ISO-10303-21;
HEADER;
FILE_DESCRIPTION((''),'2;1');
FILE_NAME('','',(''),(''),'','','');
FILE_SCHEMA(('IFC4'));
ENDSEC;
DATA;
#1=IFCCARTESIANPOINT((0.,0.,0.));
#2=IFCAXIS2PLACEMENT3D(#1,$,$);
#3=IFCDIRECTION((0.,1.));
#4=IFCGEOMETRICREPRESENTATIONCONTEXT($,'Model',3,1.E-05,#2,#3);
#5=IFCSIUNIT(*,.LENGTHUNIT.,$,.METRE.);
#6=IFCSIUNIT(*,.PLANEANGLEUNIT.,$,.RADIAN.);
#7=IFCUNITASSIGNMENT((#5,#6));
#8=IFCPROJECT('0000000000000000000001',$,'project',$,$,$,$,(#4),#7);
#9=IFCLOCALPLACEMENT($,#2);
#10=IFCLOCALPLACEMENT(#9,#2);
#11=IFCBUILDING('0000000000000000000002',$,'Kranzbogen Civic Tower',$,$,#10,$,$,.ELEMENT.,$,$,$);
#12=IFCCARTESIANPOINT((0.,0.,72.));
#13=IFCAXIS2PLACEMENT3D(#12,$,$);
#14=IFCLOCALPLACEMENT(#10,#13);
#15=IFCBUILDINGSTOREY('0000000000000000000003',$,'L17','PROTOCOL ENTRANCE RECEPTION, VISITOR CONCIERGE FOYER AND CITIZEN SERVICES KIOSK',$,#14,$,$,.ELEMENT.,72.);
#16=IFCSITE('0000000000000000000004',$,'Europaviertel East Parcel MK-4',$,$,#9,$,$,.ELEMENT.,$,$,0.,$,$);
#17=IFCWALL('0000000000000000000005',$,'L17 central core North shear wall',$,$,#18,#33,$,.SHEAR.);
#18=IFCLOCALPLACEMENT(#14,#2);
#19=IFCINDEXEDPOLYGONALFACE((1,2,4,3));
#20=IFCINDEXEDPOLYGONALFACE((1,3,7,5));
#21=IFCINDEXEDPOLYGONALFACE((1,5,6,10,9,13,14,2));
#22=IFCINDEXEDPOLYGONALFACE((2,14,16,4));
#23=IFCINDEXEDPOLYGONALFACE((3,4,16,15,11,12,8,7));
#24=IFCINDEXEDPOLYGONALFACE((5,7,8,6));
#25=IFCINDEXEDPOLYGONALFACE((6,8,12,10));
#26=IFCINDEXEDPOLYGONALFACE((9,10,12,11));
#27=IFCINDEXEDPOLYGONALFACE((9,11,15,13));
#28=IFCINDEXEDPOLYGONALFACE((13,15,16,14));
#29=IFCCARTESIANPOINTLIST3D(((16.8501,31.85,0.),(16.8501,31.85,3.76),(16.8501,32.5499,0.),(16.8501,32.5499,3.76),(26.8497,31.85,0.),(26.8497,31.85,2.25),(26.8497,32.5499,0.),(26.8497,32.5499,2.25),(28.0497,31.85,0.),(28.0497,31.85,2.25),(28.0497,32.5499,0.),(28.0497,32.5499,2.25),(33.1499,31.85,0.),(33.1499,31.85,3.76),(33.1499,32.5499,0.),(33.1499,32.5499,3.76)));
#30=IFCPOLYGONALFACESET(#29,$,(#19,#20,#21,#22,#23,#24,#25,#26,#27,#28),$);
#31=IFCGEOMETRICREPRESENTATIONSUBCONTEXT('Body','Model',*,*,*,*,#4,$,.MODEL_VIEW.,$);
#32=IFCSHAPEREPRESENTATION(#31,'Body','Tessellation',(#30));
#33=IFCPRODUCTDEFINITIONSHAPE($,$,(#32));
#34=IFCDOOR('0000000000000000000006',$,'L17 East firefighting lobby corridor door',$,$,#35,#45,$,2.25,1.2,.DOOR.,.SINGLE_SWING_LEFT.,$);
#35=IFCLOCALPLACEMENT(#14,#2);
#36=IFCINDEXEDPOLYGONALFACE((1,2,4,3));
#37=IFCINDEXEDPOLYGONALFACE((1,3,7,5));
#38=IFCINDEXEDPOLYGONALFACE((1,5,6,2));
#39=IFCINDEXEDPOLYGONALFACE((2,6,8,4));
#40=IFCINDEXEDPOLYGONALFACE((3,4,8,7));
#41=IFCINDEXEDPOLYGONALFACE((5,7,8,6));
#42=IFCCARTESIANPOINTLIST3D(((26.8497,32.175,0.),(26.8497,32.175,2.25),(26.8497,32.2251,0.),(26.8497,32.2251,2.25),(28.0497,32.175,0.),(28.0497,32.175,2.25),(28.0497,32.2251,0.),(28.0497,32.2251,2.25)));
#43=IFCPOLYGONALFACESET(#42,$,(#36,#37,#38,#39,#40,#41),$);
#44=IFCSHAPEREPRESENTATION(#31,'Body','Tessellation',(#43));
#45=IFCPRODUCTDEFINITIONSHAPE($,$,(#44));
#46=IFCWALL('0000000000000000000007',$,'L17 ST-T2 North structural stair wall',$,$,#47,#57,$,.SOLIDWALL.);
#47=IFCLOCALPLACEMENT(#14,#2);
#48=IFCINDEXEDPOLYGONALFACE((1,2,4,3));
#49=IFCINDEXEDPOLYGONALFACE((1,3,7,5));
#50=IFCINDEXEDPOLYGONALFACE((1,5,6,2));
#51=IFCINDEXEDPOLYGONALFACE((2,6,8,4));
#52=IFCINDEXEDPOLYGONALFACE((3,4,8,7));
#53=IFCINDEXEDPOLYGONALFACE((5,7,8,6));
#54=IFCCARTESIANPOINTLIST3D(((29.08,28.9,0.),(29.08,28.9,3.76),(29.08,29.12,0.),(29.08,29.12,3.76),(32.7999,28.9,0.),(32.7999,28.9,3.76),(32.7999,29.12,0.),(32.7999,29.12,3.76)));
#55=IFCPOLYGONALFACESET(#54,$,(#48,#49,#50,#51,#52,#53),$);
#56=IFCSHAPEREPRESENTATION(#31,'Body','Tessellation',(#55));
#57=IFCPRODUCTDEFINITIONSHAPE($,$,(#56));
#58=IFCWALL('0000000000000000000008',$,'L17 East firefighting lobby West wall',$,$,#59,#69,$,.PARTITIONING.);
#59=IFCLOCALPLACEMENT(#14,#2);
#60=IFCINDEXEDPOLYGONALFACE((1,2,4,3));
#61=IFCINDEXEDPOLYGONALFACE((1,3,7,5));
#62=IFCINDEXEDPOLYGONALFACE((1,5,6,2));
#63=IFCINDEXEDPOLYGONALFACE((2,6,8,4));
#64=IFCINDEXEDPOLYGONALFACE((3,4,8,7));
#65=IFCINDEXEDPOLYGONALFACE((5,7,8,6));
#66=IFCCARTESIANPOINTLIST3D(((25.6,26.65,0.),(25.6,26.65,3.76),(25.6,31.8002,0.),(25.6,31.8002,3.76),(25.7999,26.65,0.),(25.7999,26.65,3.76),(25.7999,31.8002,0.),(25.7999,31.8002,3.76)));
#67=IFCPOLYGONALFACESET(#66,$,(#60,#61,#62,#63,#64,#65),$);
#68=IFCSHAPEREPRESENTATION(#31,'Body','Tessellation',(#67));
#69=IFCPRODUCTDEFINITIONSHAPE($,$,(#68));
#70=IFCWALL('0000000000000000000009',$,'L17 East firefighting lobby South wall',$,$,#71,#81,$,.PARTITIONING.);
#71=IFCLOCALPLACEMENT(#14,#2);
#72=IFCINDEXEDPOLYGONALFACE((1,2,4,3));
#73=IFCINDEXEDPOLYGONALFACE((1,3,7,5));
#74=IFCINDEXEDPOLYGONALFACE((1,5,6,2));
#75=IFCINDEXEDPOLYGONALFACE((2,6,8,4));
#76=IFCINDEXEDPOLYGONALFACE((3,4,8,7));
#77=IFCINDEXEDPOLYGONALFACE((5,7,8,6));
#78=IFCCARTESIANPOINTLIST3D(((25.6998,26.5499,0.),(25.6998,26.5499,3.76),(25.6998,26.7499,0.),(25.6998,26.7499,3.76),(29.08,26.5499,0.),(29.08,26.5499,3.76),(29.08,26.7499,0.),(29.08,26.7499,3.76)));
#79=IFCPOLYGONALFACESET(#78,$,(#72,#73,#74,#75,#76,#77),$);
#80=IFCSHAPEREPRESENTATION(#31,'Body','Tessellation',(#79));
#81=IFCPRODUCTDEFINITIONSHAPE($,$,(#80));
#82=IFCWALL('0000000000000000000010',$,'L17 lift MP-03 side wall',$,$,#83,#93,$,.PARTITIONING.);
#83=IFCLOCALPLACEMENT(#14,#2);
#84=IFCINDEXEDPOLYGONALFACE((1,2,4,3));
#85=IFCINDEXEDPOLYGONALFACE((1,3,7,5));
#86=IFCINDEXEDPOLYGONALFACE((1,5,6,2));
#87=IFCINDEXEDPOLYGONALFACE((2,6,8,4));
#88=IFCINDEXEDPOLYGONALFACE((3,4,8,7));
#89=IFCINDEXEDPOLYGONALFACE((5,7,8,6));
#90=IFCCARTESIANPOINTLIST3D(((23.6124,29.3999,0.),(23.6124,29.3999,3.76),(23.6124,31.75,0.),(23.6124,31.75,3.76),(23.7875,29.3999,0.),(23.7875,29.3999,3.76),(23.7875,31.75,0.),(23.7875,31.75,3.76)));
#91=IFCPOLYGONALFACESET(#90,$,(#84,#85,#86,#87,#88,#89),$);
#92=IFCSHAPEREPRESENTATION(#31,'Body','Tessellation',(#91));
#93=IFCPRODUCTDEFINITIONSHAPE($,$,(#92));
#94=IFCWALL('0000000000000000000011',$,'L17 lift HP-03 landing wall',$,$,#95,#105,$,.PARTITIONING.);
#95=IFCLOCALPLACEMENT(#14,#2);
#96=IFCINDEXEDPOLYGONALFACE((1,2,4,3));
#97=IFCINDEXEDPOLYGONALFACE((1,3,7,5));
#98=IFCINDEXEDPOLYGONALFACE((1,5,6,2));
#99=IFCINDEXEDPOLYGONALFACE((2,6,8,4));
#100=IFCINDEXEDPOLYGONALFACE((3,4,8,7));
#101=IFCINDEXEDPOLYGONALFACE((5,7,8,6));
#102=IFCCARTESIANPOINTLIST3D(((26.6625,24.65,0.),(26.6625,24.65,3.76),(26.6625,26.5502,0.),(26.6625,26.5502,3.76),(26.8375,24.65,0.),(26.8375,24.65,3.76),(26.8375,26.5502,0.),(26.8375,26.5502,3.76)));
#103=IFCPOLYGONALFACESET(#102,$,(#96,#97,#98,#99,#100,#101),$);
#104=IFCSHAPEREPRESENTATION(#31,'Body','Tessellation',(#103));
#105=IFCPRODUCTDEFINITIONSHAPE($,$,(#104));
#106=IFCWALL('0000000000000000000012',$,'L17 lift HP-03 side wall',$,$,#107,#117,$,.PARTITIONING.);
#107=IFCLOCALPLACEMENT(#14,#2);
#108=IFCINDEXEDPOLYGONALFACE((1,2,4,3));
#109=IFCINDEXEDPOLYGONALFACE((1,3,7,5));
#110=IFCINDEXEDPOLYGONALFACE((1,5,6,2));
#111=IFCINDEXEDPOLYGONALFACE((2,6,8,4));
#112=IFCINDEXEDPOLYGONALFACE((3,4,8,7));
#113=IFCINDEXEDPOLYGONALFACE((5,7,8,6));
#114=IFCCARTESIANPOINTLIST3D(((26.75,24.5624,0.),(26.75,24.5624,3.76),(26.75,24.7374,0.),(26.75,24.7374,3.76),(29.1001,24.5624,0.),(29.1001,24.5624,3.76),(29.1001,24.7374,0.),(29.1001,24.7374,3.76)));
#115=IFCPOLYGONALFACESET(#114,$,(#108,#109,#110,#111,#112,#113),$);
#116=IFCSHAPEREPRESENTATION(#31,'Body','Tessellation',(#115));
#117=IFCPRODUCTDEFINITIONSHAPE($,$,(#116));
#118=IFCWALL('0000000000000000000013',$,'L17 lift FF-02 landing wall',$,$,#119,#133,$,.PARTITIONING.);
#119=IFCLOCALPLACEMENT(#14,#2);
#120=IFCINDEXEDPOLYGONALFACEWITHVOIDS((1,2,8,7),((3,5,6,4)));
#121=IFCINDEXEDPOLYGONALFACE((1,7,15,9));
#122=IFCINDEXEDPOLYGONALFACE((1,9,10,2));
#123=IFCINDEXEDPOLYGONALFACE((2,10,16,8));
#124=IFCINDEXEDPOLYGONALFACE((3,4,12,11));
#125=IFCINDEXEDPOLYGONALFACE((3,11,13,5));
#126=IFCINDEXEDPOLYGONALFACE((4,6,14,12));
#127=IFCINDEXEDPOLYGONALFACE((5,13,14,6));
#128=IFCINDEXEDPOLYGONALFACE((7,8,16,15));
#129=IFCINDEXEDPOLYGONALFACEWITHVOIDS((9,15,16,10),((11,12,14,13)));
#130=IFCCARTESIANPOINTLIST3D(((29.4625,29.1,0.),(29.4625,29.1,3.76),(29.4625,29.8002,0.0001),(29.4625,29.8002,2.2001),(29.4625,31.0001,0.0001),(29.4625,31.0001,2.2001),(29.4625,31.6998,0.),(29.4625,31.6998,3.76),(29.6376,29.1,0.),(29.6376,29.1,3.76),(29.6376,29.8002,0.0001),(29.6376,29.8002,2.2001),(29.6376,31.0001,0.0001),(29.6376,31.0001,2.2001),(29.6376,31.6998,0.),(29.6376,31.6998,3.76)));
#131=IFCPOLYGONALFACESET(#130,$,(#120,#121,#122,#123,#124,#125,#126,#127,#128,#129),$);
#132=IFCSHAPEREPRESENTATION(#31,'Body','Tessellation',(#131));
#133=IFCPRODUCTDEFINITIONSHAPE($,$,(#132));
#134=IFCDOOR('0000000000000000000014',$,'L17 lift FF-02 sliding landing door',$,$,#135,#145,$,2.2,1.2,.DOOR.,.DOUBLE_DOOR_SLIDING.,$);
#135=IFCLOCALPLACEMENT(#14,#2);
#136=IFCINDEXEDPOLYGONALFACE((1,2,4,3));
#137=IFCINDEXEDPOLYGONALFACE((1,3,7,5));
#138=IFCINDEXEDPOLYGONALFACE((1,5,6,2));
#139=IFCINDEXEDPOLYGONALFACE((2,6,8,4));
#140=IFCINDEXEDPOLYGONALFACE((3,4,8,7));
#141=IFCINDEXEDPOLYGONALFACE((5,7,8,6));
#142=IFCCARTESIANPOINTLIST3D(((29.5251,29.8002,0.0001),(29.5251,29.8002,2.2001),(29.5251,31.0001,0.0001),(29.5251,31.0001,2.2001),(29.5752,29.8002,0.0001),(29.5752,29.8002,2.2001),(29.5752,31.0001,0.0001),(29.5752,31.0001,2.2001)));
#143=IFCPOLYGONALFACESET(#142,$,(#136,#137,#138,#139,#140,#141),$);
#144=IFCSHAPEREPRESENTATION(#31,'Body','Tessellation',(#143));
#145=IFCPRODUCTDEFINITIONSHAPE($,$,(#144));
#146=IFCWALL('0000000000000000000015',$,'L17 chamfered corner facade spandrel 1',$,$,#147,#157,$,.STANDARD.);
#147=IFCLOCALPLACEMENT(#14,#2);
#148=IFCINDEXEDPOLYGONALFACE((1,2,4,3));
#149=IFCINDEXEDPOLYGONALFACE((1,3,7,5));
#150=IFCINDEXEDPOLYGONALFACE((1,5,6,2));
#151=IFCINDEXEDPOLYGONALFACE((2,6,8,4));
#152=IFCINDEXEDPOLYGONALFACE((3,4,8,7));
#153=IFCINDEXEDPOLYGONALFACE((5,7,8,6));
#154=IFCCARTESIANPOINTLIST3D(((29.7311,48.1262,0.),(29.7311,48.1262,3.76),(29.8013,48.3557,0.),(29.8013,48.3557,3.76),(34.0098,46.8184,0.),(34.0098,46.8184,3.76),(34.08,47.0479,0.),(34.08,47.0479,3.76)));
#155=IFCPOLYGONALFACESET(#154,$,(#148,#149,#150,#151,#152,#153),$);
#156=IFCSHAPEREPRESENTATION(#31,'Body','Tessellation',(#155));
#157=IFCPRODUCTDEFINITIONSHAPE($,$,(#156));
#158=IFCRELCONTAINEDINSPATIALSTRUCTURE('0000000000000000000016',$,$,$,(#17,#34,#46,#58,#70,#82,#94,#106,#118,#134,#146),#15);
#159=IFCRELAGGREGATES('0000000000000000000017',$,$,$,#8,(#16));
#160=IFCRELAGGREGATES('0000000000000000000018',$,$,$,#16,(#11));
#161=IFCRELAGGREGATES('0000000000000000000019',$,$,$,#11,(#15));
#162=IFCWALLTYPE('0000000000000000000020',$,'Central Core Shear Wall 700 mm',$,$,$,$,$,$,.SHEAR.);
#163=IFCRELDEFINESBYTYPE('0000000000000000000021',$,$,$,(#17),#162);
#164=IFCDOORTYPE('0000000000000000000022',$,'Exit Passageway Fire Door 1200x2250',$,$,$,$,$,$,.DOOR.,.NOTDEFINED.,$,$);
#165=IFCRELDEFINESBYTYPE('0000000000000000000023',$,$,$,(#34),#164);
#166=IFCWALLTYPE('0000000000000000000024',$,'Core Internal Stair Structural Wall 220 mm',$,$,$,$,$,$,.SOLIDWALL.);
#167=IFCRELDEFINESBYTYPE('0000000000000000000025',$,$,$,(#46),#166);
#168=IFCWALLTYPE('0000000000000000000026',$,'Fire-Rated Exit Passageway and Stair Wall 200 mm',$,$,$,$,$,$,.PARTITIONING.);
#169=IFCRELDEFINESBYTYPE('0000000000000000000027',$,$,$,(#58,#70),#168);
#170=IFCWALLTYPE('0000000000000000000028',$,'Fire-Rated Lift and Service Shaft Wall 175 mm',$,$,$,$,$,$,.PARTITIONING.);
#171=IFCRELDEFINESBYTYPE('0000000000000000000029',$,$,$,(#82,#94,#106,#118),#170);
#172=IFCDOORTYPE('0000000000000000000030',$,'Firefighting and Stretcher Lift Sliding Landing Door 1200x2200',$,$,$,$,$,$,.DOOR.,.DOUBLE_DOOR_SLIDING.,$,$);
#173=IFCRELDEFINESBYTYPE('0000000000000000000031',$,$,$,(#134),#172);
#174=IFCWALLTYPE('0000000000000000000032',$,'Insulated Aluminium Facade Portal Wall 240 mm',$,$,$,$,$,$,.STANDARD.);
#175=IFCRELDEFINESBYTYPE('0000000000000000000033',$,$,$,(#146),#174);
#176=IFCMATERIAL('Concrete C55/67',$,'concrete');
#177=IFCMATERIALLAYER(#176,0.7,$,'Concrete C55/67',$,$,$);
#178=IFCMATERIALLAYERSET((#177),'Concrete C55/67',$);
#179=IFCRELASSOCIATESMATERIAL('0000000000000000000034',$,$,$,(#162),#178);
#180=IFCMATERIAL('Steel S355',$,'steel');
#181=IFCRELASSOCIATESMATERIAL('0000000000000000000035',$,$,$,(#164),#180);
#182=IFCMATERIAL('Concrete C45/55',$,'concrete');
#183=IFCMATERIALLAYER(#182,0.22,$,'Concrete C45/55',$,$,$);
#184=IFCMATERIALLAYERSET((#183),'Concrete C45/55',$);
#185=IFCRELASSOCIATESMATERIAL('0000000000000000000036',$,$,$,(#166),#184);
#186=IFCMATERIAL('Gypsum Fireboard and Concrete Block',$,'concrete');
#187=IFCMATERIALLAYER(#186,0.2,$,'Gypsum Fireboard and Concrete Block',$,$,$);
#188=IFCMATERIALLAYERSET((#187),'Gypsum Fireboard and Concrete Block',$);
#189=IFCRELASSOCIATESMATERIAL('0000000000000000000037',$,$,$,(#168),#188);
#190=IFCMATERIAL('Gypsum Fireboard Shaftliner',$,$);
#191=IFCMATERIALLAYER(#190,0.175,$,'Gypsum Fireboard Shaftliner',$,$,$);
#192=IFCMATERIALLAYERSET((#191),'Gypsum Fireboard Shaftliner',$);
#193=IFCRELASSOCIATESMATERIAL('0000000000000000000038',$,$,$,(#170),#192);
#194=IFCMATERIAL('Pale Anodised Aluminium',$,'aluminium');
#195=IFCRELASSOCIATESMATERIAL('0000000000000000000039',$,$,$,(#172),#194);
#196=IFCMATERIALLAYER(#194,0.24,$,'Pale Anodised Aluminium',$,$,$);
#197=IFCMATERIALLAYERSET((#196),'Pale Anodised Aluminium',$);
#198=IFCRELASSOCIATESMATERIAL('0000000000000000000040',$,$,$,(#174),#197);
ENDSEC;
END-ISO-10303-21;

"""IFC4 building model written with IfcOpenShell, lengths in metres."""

from ifc_helpers import new_model, si_unit, direction, frame, frame_2d, origin, place, context, subcontext, project, spatial, rectangle, extrude, material, layer, layer_set, type_object, element, fill, save


model = new_model("IFC4")

# Units and contexts
model_context = context("Model", 3, precision=1e-05, world=origin(), true_north=direction((0.0, 1.0)))
body_context = subcontext(model_context, "Body", "Model", "MODEL_VIEW")
ifc_project = project(units=[si_unit("LENGTHUNIT", "METRE"), si_unit("PLANEANGLEUNIT", "RADIAN")], contexts=[model_context])

# Site, building, storey
site_placement = place(None, origin())
site = spatial("IfcSite", under=ifc_project, at=site_placement, Name="Europaviertel East Parcel MK-4", CompositionType="ELEMENT", RefElevation=0.0)
building_placement = place(site_placement, origin())
building = spatial("IfcBuilding", under=site, at=building_placement, Name="Kranzbogen Civic Tower", CompositionType="ELEMENT")
storey_placement = place(building_placement, frame((0.0, 0.0, 72.0)))
storey = spatial("IfcBuildingStorey", under=building, at=storey_placement, Name="L17", Description="PROTOCOL ENTRANCE RECEPTION, VISITOR CONCIERGE FOYER AND CITIZEN SERVICES KIOSK", CompositionType="ELEMENT", Elevation=72.0)

# Shared definitions
ifc_material_1 = material(Name="Steel S355", Category="steel")

# Shared definitions
ifc_material_2 = material(Name="Pale Anodised Aluminium", Category="aluminium")

# Wall, opening, door
ifc_material_3 = material(Name="Concrete C55/67", Category="concrete")
ifc_layer_1 = layer(ifc_material_3, 0.7, Name="Concrete C55/67")
ifc_layer_set_1 = layer_set([ifc_layer_1], Name="Concrete C55/67")
wall_type_1 = type_object("IfcWallType", Name="Central Core Shear Wall 700 mm", PredefinedType="SHEAR", material=ifc_layer_set_1)
wall_1_placement = place(storey_placement, frame((33.1499, 32.2, 0.0), z_axis=(0.0, 0.0, 1.0), x_axis=(-1.0, 0.0, 0.0)))
wall_1 = element("IfcWall", 1, at=wall_1_placement, inside=storey, type_object=wall_type_1, Name="L17 central core North shear wall", PredefinedType="SHEAR", context=body_context, shape_type="SweptSolid", body=[
    extrude(rectangle(XDim=16.2998, YDim=0.7, at=frame_2d((8.1499, 0.0))), origin(), (0.0, 0.0, 1.0), 3.76),
])
opening_1_placement = place(wall_1_placement, frame((5.1001, 0.0, 0.0)))
opening_1 = element("IfcOpeningElement", 2, at=opening_1_placement, cuts=wall_1, PredefinedType="OPENING", context=body_context, shape_type="SweptSolid", body=[
    extrude(rectangle(XDim=1.2, YDim=2.25, at=frame_2d((0.6001, 1.125))), frame((0.0, 0.3599, 0.0), z_axis=(0.0, -1.0, 0.0), x_axis=(1.0, 0.0, 0.0)), (0.0, 0.0, 1.0), 0.72),
])
door_type_1 = type_object("IfcDoorType", Name="Exit Passageway Fire Door 1200x2250", OperationType="NOTDEFINED", PredefinedType="DOOR", material=ifc_material_1)
door_1_placement = place(opening_1_placement, origin())
door_1 = element("IfcDoor", 3, at=door_1_placement, inside=storey, type_object=door_type_1, Name="L17 East firefighting lobby corridor door", OperationType="SINGLE_SWING_LEFT", OverallHeight=2.25, OverallWidth=1.2, PredefinedType="DOOR", context=body_context, shape_type="SweptSolid", body=[
    extrude(rectangle(XDim=1.2, YDim=2.25, at=frame_2d((0.6001, 1.125))), frame((0.0, 0.0249, 0.0), z_axis=(0.0, -1.0, 0.0), x_axis=(1.0, 0.0, 0.0)), (0.0, 0.0, 1.0), 0.05),
])
fill(opening_1, door_1)

# Walls
ifc_material_4 = material(Name="Concrete C45/55", Category="concrete")
ifc_layer_2 = layer(ifc_material_4, 0.22, Name="Concrete C45/55")
ifc_layer_set_2 = layer_set([ifc_layer_2], Name="Concrete C45/55")
wall_type_2 = type_object("IfcWallType", Name="Core Internal Stair Structural Wall 220 mm", PredefinedType="SOLIDWALL", material=ifc_layer_set_2)
wall_2_placement = place(storey_placement, frame((29.0801, 29.01, 0.0), z_axis=(0.0, 0.0, 1.0), x_axis=(1.0, 0.0, 0.0)))
element("IfcWall", 4, at=wall_2_placement, inside=storey, type_object=wall_type_2, Name="L17 ST-T2 North structural stair wall", PredefinedType="SOLIDWALL", context=body_context, shape_type="SweptSolid", body=[
    extrude(rectangle(XDim=3.72, YDim=0.22, at=frame_2d((1.8599, 0.0))), origin(), (0.0, 0.0, 1.0), 3.76),
])
ifc_material_5 = material(Name="Gypsum Fireboard and Concrete Block", Category="concrete")
ifc_layer_3 = layer(ifc_material_5, 0.2, Name="Gypsum Fireboard and Concrete Block")
ifc_layer_set_3 = layer_set([ifc_layer_3], Name="Gypsum Fireboard and Concrete Block")
wall_type_3 = type_object("IfcWallType", Name="Fire-Rated Exit Passageway and Stair Wall 200 mm", PredefinedType="PARTITIONING", material=ifc_layer_set_3)
wall_3_placement = place(storey_placement, frame((25.7, 26.6499, 0.0), z_axis=(0.0, 0.0, 1.0), x_axis=(0.0, 1.0, 0.0)))
element("IfcWall", 5, at=wall_3_placement, inside=storey, type_object=wall_type_3, Name="L17 East firefighting lobby West wall", PredefinedType="PARTITIONING", context=body_context, shape_type="SweptSolid", body=[
    extrude(rectangle(XDim=5.1501, YDim=0.2, at=frame_2d((2.5752, 0.0))), origin(), (0.0, 0.0, 1.0), 3.76),
])
wall_4_placement = place(storey_placement, frame((25.7, 26.6499, 0.0), z_axis=(0.0, 0.0, 1.0), x_axis=(1.0, 0.0, 0.0)))
element("IfcWall", 6, at=wall_4_placement, inside=storey, type_object=wall_type_3, Name="L17 East firefighting lobby South wall", PredefinedType="PARTITIONING", context=body_context, shape_type="SweptSolid", body=[
    extrude(rectangle(XDim=3.3801, YDim=0.2, at=frame_2d((1.6899, 0.0))), origin(), (0.0, 0.0, 1.0), 3.76),
])
ifc_material_6 = material(Name="Gypsum Fireboard Shaftliner")
ifc_layer_4 = layer(ifc_material_6, 0.175, Name="Gypsum Fireboard Shaftliner")
ifc_layer_set_4 = layer_set([ifc_layer_4], Name="Gypsum Fireboard Shaftliner")
wall_type_4 = type_object("IfcWallType", Name="Fire-Rated Lift and Service Shaft Wall 175 mm", PredefinedType="PARTITIONING", material=ifc_layer_set_4)
wall_5_placement = place(storey_placement, frame((23.7, 29.3999, 0.0), z_axis=(0.0, 0.0, 1.0), x_axis=(0.0, 1.0, 0.0)))
element("IfcWall", 7, at=wall_5_placement, inside=storey, type_object=wall_type_4, Name="L17 lift MP-03 side wall", PredefinedType="PARTITIONING", context=body_context, shape_type="SweptSolid", body=[
    extrude(rectangle(XDim=2.3501, YDim=0.175, at=frame_2d((1.175, 0.0))), origin(), (0.0, 0.0, 1.0), 3.76),
])
wall_6_placement = place(storey_placement, frame((26.75, 24.6499, 0.0), z_axis=(0.0, 0.0, 1.0), x_axis=(0.0, 1.0, 0.0)))
element("IfcWall", 8, at=wall_6_placement, inside=storey, type_object=wall_type_4, Name="L17 lift HP-03 landing wall", PredefinedType="PARTITIONING", context=body_context, shape_type="SweptSolid", body=[
    extrude(rectangle(XDim=1.9001, YDim=0.175, at=frame_2d((0.9502, 0.0))), origin(), (0.0, 0.0, 1.0), 3.76),
])
wall_7_placement = place(storey_placement, frame((26.75, 24.6499, 0.0), z_axis=(0.0, 0.0, 1.0), x_axis=(1.0, 0.0, 0.0)))
element("IfcWall", 9, at=wall_7_placement, inside=storey, type_object=wall_type_4, Name="L17 lift HP-03 side wall", PredefinedType="PARTITIONING", context=body_context, shape_type="SweptSolid", body=[
    extrude(rectangle(XDim=2.3501, YDim=0.175, at=frame_2d((1.175, 0.0))), origin(), (0.0, 0.0, 1.0), 3.76),
])

# Wall, opening, door
wall_8_placement = place(storey_placement, frame((29.55, 29.1001, 0.0), z_axis=(0.0, 0.0, 1.0), x_axis=(0.0, 1.0, 0.0)))
wall_8 = element("IfcWall", 10, at=wall_8_placement, inside=storey, type_object=wall_type_4, Name="L17 lift FF-02 landing wall", PredefinedType="PARTITIONING", context=body_context, shape_type="SweptSolid", body=[
    extrude(rectangle(XDim=2.5999, YDim=0.175, at=frame_2d((1.2998, 0.0))), origin(), (0.0, 0.0, 1.0), 3.76),
])
opening_2_placement = place(wall_8_placement, frame((0.7, 0.0, 0.0)))
opening_2 = element("IfcOpeningElement", 11, at=opening_2_placement, cuts=wall_8, PredefinedType="OPENING", context=body_context, shape_type="SweptSolid", body=[
    extrude(rectangle(XDim=1.2, YDim=2.2, at=frame_2d((0.6001, 1.1001))), frame((0.0, 0.0977, 0.0), z_axis=(0.0, -1.0, 0.0), x_axis=(1.0, 0.0, 0.0)), (0.0, 0.0, 1.0), 0.1951),
])
door_type_2 = type_object("IfcDoorType", Name="Firefighting and Stretcher Lift Sliding Landing Door 1200x2200", OperationType="DOUBLE_DOOR_SLIDING", PredefinedType="DOOR", material=ifc_material_2)
door_2_placement = place(opening_2_placement, origin())
door_2 = element("IfcDoor", 12, at=door_2_placement, inside=storey, type_object=door_type_2, Name="L17 lift FF-02 sliding landing door", OperationType="DOUBLE_DOOR_SLIDING", OverallHeight=2.2, OverallWidth=1.2, PredefinedType="DOOR", context=body_context, shape_type="SweptSolid", body=[
    extrude(rectangle(XDim=1.2, YDim=2.2, at=frame_2d((0.6001, 1.1001))), frame((0.0, 0.0249, 0.0), z_axis=(0.0, -1.0, 0.0), x_axis=(1.0, 0.0, 0.0)), (0.0, 0.0, 1.0), 0.05),
])
fill(opening_2, door_2)

# Wall
ifc_layer_5 = layer(ifc_material_2, 0.24, Name="Pale Anodised Aluminium")
ifc_layer_set_5 = layer_set([ifc_layer_5], Name="Pale Anodised Aluminium")
wall_type_5 = type_object("IfcWallType", Name="Insulated Aluminium Facade Portal Wall 240 mm", PredefinedType="STANDARD", material=ifc_layer_set_5)
wall_9_placement = place(storey_placement, frame((34.0449, 46.9331, 0.0), z_axis=(0.0, 0.0, 1.0), x_axis=(-0.956324, 0.29231, 0.0)))
element("IfcWall", 13, at=wall_9_placement, inside=storey, type_object=wall_type_5, Name="L17 chamfered corner facade spandrel 1", PredefinedType="STANDARD", context=body_context, shape_type="SweptSolid", body=[
    extrude(rectangle(XDim=4.4741, YDim=0.24, at=frame_2d((2.2371, 0.0))), origin(), (0.0, 0.0, 1.0), 3.76),
])

save(model, "model.ifc")
